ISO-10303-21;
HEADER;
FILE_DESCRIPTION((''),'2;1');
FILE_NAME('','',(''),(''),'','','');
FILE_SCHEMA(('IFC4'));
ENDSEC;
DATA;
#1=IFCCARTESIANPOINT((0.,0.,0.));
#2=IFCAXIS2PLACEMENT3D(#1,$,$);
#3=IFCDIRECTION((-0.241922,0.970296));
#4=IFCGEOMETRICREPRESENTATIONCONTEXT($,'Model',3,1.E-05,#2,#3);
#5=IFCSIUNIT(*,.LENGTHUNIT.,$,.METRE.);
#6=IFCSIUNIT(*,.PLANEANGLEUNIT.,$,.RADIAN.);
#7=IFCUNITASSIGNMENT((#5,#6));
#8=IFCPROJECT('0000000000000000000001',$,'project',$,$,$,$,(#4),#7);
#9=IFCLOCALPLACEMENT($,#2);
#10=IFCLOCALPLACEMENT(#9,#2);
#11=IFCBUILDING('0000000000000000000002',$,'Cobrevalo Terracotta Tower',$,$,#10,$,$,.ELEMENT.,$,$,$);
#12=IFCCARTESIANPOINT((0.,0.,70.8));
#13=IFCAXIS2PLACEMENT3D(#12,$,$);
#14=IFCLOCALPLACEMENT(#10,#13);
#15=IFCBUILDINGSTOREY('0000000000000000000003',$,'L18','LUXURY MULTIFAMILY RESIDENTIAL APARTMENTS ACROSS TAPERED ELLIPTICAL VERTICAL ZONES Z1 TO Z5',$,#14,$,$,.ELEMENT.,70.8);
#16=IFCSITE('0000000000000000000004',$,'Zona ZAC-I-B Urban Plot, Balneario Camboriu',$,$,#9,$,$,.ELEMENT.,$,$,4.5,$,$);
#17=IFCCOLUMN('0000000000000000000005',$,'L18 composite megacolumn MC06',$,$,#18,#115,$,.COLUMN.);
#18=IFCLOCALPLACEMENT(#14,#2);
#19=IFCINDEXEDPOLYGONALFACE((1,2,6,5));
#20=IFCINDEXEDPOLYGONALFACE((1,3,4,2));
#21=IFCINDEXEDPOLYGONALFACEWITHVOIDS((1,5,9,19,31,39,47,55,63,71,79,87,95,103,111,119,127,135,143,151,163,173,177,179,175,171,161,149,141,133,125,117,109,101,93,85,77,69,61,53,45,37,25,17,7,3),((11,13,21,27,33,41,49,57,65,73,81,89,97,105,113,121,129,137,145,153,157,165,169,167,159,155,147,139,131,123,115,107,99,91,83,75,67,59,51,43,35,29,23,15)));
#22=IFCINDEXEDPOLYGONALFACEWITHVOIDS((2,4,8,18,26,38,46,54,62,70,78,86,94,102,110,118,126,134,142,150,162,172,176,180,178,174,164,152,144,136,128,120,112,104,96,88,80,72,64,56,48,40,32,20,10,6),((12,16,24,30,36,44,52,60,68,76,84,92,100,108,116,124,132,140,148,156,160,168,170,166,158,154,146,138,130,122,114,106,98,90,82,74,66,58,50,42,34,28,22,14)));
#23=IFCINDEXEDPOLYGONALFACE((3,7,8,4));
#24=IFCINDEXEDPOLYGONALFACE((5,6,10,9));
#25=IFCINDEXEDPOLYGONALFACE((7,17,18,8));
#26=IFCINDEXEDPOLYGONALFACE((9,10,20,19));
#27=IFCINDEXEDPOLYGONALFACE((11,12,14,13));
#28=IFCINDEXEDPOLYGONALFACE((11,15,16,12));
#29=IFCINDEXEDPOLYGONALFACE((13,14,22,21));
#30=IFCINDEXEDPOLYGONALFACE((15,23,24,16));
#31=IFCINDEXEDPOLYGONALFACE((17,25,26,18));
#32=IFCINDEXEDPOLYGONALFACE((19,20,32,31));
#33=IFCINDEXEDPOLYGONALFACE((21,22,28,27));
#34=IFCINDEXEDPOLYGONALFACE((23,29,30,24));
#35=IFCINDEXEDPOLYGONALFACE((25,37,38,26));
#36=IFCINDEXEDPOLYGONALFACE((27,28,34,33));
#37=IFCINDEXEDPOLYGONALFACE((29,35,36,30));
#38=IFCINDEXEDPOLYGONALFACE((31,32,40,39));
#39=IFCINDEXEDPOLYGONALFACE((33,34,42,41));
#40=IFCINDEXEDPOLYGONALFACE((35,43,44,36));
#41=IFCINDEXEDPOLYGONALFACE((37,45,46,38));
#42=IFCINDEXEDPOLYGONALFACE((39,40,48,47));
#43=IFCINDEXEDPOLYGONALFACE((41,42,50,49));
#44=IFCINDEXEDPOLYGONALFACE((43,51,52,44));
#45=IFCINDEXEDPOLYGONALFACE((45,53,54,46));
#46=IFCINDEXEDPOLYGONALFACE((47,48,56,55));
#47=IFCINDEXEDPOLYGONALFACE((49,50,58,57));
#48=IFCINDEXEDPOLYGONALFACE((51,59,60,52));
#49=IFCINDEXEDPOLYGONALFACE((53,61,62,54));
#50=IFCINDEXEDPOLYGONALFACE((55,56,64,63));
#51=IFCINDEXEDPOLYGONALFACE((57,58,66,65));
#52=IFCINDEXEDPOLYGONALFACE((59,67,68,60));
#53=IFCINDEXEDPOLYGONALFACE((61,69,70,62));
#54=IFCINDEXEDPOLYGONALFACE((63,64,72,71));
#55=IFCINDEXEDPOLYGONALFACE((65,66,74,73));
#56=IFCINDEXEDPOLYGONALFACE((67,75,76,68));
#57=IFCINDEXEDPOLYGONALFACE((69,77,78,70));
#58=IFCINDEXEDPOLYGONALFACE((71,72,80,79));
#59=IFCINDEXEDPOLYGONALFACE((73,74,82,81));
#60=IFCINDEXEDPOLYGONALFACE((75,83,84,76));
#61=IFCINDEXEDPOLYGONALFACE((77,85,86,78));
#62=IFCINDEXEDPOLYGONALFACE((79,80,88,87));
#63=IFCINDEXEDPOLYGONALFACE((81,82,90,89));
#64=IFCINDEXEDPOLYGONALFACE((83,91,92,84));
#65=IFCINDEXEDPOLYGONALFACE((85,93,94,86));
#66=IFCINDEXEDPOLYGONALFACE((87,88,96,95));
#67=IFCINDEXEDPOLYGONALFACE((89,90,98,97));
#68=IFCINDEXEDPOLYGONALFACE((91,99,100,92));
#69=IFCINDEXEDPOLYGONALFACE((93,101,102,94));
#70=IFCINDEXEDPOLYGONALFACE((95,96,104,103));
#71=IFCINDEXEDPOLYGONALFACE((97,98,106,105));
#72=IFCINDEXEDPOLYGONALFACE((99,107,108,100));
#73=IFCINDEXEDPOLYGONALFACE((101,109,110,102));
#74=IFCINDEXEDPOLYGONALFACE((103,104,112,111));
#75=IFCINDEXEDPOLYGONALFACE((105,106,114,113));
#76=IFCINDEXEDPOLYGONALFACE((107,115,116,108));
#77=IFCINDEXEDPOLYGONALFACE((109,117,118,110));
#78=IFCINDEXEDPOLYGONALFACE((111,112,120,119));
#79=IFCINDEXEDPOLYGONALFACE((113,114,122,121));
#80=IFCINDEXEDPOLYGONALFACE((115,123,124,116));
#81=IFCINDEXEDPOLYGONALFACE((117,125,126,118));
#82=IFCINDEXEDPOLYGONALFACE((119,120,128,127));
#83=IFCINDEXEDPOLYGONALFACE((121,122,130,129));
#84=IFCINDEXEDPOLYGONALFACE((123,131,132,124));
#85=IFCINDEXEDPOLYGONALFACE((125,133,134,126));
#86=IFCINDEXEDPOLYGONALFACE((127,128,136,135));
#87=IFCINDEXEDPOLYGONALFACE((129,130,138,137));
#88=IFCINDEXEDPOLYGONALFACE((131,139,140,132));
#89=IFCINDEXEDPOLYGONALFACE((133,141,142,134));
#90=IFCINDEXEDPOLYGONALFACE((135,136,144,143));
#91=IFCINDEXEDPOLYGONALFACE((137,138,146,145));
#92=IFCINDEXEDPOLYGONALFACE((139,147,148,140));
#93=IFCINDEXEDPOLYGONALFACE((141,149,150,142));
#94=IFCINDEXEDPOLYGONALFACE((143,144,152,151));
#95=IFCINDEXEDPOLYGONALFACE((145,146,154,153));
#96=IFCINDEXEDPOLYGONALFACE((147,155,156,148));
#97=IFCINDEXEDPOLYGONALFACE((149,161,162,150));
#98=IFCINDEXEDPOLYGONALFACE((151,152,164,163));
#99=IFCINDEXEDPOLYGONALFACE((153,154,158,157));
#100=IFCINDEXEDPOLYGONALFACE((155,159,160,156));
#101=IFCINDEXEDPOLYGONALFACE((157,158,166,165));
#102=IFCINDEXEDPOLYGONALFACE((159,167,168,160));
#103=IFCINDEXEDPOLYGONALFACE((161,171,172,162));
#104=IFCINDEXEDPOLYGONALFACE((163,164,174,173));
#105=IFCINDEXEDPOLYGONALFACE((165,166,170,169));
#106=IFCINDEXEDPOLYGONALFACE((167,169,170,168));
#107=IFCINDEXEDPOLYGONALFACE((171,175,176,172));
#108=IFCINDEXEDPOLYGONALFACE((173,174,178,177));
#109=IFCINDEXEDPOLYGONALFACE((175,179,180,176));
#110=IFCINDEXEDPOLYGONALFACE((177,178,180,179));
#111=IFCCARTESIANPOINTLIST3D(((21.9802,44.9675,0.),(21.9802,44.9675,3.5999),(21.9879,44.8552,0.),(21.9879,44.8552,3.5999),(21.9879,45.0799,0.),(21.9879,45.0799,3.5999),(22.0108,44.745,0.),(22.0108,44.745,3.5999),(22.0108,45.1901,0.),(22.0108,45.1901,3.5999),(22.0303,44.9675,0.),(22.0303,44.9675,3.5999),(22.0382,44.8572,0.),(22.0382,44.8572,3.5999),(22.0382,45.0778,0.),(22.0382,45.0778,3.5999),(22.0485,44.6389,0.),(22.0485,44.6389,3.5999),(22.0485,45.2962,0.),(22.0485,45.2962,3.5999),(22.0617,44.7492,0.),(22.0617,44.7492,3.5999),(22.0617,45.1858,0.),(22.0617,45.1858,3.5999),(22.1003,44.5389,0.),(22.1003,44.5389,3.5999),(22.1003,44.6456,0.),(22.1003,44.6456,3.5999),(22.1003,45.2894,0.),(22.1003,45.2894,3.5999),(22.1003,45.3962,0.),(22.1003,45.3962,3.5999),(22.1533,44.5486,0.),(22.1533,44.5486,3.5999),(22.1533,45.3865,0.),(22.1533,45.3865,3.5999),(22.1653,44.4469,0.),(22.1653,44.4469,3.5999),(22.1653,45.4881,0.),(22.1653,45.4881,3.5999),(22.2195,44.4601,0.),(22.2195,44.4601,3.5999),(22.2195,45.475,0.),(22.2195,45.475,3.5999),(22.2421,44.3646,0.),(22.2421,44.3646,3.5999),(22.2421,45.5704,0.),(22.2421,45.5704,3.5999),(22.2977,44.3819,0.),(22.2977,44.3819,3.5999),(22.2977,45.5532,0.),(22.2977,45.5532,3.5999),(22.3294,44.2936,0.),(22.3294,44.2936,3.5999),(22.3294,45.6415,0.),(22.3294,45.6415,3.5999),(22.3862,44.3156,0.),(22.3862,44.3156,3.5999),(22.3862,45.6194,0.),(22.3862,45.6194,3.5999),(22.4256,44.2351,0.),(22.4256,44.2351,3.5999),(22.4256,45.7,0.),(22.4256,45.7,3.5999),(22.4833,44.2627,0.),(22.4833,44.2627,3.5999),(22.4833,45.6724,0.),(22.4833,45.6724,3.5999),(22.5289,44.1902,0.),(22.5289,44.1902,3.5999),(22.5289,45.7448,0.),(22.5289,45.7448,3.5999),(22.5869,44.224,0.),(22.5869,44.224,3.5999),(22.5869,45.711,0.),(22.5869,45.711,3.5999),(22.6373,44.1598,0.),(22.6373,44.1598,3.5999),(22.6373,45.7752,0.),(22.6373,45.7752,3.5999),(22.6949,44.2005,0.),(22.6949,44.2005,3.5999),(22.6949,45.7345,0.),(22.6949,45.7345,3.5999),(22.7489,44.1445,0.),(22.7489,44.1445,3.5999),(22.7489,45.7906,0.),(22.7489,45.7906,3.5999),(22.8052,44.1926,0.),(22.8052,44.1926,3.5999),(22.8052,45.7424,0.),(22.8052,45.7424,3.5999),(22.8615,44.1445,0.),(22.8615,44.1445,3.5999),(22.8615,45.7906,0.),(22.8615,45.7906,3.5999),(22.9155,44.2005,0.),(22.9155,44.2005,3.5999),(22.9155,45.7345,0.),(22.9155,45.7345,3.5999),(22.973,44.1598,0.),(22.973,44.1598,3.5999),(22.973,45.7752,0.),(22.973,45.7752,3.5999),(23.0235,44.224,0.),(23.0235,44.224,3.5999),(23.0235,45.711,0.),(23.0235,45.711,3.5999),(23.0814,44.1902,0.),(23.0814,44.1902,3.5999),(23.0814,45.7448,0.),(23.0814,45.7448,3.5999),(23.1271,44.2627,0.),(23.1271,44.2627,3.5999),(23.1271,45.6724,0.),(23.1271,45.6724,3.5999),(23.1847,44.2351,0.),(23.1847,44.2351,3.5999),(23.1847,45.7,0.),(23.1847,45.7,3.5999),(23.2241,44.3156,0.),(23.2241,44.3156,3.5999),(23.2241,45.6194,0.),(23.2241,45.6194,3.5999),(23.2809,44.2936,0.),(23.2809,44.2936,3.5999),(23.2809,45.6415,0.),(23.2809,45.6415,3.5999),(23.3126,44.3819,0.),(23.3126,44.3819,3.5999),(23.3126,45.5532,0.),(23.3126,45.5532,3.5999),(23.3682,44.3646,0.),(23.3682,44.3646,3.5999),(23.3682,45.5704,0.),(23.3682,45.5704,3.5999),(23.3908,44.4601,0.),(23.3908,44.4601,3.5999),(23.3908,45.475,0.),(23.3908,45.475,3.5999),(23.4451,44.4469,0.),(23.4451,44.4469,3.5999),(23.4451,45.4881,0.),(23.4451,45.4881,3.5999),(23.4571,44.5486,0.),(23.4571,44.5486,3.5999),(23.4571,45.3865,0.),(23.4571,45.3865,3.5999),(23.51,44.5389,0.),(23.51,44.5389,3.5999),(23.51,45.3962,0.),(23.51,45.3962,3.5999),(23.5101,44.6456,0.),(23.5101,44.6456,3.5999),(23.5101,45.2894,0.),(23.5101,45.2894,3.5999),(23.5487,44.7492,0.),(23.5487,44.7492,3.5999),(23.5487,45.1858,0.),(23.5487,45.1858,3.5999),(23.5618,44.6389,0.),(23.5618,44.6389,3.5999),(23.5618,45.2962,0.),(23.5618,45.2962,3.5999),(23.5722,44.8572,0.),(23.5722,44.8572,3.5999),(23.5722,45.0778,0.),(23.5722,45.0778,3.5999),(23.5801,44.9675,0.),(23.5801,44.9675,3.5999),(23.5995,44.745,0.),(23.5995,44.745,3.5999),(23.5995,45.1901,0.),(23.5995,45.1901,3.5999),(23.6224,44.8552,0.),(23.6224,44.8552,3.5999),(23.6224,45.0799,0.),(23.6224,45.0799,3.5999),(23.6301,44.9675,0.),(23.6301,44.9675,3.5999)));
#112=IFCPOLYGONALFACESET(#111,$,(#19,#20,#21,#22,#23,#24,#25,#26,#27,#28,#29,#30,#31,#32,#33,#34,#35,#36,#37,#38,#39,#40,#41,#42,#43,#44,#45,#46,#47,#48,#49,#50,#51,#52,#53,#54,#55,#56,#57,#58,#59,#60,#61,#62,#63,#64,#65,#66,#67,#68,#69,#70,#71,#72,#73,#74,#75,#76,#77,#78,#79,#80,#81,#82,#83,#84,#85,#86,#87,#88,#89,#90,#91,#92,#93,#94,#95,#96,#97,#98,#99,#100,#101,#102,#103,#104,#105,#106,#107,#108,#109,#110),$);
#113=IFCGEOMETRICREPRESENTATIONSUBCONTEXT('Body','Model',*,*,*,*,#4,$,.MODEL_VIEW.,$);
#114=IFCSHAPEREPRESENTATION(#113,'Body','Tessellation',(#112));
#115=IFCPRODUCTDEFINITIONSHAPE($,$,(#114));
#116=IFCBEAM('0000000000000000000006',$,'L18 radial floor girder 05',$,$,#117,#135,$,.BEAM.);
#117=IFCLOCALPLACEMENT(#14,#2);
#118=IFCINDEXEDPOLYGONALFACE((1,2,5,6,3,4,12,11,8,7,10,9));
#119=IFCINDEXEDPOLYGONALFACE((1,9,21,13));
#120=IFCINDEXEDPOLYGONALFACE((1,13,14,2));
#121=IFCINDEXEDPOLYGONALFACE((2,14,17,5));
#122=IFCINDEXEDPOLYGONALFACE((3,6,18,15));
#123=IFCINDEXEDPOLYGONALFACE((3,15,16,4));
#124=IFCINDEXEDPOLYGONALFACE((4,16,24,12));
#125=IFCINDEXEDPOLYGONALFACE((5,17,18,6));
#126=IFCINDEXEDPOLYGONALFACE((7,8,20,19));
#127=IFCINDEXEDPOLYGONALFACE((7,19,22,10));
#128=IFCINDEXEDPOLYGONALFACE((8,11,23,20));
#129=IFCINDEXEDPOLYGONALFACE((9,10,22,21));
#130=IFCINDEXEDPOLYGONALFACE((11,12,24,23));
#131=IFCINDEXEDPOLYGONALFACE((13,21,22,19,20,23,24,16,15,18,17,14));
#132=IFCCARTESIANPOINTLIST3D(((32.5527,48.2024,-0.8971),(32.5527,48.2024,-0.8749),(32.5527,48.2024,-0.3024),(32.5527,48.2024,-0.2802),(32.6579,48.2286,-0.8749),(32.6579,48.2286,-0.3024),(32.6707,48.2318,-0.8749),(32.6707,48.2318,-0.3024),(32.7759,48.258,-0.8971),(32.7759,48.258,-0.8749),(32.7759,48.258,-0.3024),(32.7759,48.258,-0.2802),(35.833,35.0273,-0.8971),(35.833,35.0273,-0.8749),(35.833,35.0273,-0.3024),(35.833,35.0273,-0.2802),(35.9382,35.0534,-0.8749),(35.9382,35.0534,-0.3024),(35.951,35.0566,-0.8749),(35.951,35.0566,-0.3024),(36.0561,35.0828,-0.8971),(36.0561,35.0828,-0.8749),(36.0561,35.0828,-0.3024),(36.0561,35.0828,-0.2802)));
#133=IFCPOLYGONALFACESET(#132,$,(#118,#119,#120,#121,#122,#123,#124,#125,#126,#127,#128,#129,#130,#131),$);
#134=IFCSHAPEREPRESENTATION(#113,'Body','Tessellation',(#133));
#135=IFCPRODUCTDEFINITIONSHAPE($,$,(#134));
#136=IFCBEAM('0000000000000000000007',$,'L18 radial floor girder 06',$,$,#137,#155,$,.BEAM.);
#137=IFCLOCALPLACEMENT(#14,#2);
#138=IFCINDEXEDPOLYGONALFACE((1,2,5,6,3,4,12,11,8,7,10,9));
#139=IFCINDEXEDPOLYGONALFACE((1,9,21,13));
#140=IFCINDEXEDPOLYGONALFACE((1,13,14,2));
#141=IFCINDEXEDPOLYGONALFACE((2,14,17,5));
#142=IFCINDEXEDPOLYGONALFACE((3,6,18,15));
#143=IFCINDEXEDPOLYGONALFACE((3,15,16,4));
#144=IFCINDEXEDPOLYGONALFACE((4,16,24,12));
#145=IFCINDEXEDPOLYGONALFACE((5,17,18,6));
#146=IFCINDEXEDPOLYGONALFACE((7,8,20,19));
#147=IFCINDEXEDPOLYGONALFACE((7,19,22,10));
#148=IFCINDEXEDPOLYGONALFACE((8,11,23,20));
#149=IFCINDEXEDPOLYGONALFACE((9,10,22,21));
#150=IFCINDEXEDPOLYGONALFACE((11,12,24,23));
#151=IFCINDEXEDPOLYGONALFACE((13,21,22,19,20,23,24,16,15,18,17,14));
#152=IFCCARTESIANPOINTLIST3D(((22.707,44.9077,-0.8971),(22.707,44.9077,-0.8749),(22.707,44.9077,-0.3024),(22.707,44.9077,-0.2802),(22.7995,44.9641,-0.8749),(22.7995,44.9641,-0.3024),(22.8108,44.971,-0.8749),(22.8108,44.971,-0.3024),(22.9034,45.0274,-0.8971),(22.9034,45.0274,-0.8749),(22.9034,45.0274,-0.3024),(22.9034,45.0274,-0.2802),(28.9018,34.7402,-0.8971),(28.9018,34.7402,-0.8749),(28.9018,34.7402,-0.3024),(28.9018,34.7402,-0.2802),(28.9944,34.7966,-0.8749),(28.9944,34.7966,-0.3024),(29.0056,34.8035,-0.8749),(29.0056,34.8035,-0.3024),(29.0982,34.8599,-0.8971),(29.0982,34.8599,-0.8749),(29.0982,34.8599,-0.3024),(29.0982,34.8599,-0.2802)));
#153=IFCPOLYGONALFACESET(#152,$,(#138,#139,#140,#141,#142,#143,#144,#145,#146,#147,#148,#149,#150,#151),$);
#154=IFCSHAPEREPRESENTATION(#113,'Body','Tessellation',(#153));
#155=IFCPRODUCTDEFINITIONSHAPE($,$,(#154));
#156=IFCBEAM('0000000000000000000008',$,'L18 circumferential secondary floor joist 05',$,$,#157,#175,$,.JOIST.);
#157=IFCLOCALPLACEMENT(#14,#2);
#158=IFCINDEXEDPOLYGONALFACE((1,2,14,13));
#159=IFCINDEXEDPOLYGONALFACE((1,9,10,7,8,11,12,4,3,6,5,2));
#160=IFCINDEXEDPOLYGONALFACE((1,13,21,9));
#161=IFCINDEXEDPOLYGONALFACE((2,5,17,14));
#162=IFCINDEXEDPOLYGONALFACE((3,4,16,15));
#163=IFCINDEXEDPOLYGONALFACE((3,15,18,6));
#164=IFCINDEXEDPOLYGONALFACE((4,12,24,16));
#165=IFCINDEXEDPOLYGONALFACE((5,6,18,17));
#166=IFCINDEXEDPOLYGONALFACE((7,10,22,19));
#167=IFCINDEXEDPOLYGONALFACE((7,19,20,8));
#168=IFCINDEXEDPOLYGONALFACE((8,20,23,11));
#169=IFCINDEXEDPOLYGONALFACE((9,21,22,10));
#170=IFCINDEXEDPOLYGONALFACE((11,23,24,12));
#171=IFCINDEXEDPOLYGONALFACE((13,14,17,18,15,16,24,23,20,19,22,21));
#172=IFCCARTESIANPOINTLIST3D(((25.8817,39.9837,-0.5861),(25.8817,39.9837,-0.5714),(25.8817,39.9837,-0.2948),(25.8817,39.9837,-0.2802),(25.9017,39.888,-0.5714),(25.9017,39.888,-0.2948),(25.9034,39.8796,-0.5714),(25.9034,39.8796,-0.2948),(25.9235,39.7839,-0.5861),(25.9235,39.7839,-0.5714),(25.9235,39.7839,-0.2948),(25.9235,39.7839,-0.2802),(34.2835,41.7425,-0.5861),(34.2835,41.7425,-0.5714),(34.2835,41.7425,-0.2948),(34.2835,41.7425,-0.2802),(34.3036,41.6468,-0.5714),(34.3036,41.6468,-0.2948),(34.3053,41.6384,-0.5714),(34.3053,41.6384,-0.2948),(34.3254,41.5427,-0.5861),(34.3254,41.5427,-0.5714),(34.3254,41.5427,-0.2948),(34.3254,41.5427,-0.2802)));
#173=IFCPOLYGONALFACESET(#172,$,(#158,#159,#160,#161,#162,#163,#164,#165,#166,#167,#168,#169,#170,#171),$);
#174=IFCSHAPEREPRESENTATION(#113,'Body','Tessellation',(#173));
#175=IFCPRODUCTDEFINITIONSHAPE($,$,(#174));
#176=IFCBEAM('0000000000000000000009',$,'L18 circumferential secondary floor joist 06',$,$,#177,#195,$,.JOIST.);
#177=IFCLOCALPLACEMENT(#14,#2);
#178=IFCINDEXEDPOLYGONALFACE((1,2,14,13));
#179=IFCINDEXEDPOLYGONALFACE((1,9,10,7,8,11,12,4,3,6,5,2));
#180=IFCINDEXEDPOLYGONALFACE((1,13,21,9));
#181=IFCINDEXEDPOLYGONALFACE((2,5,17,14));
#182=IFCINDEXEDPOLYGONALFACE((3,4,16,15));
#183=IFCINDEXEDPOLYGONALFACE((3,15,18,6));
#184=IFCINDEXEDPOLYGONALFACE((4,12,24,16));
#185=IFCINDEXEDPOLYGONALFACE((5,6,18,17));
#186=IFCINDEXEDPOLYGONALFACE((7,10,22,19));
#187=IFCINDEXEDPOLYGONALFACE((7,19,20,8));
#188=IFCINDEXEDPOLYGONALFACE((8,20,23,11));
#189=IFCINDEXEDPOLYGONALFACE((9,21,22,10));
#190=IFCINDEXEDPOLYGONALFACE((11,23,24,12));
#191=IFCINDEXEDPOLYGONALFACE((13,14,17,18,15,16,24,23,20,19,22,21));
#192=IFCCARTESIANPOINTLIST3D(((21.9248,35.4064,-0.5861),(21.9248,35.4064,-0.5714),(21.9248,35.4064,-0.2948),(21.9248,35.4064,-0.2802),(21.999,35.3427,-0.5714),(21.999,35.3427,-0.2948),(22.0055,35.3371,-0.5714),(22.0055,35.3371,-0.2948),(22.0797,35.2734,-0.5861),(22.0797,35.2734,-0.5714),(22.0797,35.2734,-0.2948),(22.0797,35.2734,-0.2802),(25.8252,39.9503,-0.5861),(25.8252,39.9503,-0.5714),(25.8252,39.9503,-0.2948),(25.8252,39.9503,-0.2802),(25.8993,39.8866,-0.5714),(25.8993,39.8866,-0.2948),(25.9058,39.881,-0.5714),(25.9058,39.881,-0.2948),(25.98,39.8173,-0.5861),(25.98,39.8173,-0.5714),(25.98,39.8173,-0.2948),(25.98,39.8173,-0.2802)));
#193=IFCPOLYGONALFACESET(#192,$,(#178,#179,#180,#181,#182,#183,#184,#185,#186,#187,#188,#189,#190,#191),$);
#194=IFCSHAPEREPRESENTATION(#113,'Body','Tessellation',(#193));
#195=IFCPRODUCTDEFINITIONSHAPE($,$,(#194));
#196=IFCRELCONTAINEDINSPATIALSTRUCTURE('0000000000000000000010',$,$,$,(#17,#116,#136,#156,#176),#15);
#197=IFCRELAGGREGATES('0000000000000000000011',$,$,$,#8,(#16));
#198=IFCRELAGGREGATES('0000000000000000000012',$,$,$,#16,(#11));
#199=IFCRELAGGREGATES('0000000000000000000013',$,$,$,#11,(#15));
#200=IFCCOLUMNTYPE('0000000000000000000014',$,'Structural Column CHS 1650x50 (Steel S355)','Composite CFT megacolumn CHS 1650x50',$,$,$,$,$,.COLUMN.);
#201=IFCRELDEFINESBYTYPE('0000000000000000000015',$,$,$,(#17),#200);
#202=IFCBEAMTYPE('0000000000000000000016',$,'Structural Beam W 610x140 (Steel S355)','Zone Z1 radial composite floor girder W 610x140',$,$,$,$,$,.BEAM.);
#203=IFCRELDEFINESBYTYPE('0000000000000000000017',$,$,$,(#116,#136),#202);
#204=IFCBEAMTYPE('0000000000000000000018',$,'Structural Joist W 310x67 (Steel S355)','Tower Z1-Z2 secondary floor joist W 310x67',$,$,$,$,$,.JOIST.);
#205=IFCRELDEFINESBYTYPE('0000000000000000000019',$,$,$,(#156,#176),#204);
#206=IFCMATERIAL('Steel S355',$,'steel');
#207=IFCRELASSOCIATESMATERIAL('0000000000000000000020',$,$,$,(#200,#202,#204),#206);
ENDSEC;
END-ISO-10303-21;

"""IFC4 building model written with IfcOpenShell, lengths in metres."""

from ifc_helpers import new_model, si_unit, direction, frame, origin, origin_2d, place, context, subcontext, project, spatial, hollow_circle, i_section, extrude, material, material_profile, profile_set, type_object, element, save


model = new_model("IFC4")

# Units and contexts
model_context = context("Model", 3, precision=1e-05, world=origin(), true_north=direction((-0.241922, 0.970296)))
body_context = subcontext(model_context, "Body", "Model", "MODEL_VIEW")
ifc_project = project(units=[si_unit("LENGTHUNIT", "METRE"), si_unit("PLANEANGLEUNIT", "RADIAN")], contexts=[model_context])

# Site, building, storey
site_placement = place(None, origin())
site = spatial("IfcSite", under=ifc_project, at=site_placement, Name="Zona ZAC-I-B Urban Plot, Balneario Camboriu", CompositionType="ELEMENT", RefElevation=4.5)
building_placement = place(site_placement, origin())
building = spatial("IfcBuilding", under=site, at=building_placement, Name="Cobrevalo Terracotta Tower", CompositionType="ELEMENT")
storey_placement = place(building_placement, frame((0.0, 0.0, 70.8)))
storey = spatial("IfcBuildingStorey", under=building, at=storey_placement, Name="L18", Description="LUXURY MULTIFAMILY RESIDENTIAL APARTMENTS ACROSS TAPERED ELLIPTICAL VERTICAL ZONES Z1 TO Z5", CompositionType="ELEMENT", Elevation=70.8)

# Column
ifc_material_1 = material(Name="Steel S355", Category="steel")
ifc_material_profile_1 = material_profile(ifc_material_1, hollow_circle(Radius=0.825, WallThickness=0.05, at=origin_2d()), Name="CHS 1650x50")
ifc_profile_set_1 = profile_set([ifc_material_profile_1], Name="Steel S355")
column_type = type_object("IfcColumnType", Name="Structural Column CHS 1650x50 (Steel S355)", Description="Composite CFT megacolumn CHS 1650x50", PredefinedType="COLUMN", material=ifc_profile_set_1)
for number, where, z_axis, x_axis, name in (
    (1, (22.8052, 44.9675, 0.0), (0.0, 0.0, 1.0), (1.0, 0.0, 0.0), "L18 composite megacolumn MC06"),
):
    element("IfcColumn", number, at=place(storey_placement, frame(where, z_axis=z_axis, x_axis=x_axis)), inside=storey, type_object=column_type, Name=name, PredefinedType="COLUMN", context=body_context, shape_type="SweptSolid", body=[
        extrude(hollow_circle(Radius=0.825, WallThickness=0.05, at=origin_2d()), origin(), (0.0, 0.0, 1.0), 3.5999),
    ])

# Beams
ifc_material_profile_2 = material_profile(ifc_material_1, i_section(OverallWidth=0.23, OverallDepth=0.6169, WebThickness=0.0132, FlangeThickness=0.0222, at=origin_2d()), Name="W 610x140")
ifc_profile_set_2 = profile_set([ifc_material_profile_2], Name="Steel S355")
beam_type_1 = type_object("IfcBeamType", Name="Structural Beam W 610x140 (Steel S355)", Description="Zone Z1 radial composite floor girder W 610x140", PredefinedType="BEAM", material=ifc_profile_set_2)
beam_1_placement = place(storey_placement, frame((32.6643, 48.2302, -0.5886), z_axis=(0.241596, -0.970377, 0.0), x_axis=(0.970377, 0.241596, 0.0)))
element("IfcBeam", 2, at=beam_1_placement, inside=storey, type_object=beam_type_1, Name="L18 radial floor girder 05", PredefinedType="BEAM", context=body_context, shape_type="SweptSolid", body=[
    extrude(i_section(OverallWidth=0.23, OverallDepth=0.6169, WebThickness=0.0132, FlangeThickness=0.0222, at=origin_2d()), origin(), (0.0, 0.0, 1.0), 13.5774),
])
beam_2_placement = place(storey_placement, frame((22.8052, 44.9675, -0.5886), z_axis=(0.52031, -0.853978, 0.0), x_axis=(0.853978, 0.52031, 0.0)))
element("IfcBeam", 3, at=beam_2_placement, inside=storey, type_object=beam_type_1, Name="L18 radial floor girder 06", PredefinedType="BEAM", context=body_context, shape_type="SweptSolid", body=[
    extrude(i_section(OverallWidth=0.23, OverallDepth=0.6169, WebThickness=0.0132, FlangeThickness=0.0222, at=origin_2d()), origin(), (0.0, 0.0, 1.0), 11.906),
])
ifc_material_profile_3 = material_profile(ifc_material_1, i_section(OverallWidth=0.2041, OverallDepth=0.3059, WebThickness=0.0085, FlangeThickness=0.0146, at=origin_2d()), Name="W 310x67")
ifc_profile_set_3 = profile_set([ifc_material_profile_3], Name="Steel S355")
beam_type_2 = type_object("IfcBeamType", Name="Structural Joist W 310x67 (Steel S355)", Description="Tower Z1-Z2 secondary floor joist W 310x67", PredefinedType="JOIST", material=ifc_profile_set_3)
beam_3_placement = place(storey_placement, frame((34.3044, 41.6426, -0.4331), z_axis=(-0.978785, -0.204892, 0.0), x_axis=(0.204892, -0.978785, 0.0)))
element("IfcBeam", 4, at=beam_3_placement, inside=storey, type_object=beam_type_2, Name="L18 circumferential secondary floor joist 05", PredefinedType="JOIST", context=body_context, shape_type="SweptSolid", body=[
    extrude(i_section(OverallWidth=0.2041, OverallDepth=0.3059, WebThickness=0.0085, FlangeThickness=0.0146, at=origin_2d()), origin(), (0.0, 0.0, 1.0), 8.584),
])
beam_4_placement = place(storey_placement, frame((25.9026, 39.8838, -0.4331), z_axis=(-0.651328, -0.758796, 0.0), x_axis=(0.758796, -0.651328, 0.0)))
element("IfcBeam", 5, at=beam_4_placement, inside=storey, type_object=beam_type_2, Name="L18 circumferential secondary floor joist 06", PredefinedType="JOIST", context=body_context, shape_type="SweptSolid", body=[
    extrude(i_section(OverallWidth=0.2041, OverallDepth=0.3059, WebThickness=0.0085, FlangeThickness=0.0146, at=origin_2d()), origin(), (0.0, 0.0, 1.0), 5.9883),
])

save(model, "model.ifc")
